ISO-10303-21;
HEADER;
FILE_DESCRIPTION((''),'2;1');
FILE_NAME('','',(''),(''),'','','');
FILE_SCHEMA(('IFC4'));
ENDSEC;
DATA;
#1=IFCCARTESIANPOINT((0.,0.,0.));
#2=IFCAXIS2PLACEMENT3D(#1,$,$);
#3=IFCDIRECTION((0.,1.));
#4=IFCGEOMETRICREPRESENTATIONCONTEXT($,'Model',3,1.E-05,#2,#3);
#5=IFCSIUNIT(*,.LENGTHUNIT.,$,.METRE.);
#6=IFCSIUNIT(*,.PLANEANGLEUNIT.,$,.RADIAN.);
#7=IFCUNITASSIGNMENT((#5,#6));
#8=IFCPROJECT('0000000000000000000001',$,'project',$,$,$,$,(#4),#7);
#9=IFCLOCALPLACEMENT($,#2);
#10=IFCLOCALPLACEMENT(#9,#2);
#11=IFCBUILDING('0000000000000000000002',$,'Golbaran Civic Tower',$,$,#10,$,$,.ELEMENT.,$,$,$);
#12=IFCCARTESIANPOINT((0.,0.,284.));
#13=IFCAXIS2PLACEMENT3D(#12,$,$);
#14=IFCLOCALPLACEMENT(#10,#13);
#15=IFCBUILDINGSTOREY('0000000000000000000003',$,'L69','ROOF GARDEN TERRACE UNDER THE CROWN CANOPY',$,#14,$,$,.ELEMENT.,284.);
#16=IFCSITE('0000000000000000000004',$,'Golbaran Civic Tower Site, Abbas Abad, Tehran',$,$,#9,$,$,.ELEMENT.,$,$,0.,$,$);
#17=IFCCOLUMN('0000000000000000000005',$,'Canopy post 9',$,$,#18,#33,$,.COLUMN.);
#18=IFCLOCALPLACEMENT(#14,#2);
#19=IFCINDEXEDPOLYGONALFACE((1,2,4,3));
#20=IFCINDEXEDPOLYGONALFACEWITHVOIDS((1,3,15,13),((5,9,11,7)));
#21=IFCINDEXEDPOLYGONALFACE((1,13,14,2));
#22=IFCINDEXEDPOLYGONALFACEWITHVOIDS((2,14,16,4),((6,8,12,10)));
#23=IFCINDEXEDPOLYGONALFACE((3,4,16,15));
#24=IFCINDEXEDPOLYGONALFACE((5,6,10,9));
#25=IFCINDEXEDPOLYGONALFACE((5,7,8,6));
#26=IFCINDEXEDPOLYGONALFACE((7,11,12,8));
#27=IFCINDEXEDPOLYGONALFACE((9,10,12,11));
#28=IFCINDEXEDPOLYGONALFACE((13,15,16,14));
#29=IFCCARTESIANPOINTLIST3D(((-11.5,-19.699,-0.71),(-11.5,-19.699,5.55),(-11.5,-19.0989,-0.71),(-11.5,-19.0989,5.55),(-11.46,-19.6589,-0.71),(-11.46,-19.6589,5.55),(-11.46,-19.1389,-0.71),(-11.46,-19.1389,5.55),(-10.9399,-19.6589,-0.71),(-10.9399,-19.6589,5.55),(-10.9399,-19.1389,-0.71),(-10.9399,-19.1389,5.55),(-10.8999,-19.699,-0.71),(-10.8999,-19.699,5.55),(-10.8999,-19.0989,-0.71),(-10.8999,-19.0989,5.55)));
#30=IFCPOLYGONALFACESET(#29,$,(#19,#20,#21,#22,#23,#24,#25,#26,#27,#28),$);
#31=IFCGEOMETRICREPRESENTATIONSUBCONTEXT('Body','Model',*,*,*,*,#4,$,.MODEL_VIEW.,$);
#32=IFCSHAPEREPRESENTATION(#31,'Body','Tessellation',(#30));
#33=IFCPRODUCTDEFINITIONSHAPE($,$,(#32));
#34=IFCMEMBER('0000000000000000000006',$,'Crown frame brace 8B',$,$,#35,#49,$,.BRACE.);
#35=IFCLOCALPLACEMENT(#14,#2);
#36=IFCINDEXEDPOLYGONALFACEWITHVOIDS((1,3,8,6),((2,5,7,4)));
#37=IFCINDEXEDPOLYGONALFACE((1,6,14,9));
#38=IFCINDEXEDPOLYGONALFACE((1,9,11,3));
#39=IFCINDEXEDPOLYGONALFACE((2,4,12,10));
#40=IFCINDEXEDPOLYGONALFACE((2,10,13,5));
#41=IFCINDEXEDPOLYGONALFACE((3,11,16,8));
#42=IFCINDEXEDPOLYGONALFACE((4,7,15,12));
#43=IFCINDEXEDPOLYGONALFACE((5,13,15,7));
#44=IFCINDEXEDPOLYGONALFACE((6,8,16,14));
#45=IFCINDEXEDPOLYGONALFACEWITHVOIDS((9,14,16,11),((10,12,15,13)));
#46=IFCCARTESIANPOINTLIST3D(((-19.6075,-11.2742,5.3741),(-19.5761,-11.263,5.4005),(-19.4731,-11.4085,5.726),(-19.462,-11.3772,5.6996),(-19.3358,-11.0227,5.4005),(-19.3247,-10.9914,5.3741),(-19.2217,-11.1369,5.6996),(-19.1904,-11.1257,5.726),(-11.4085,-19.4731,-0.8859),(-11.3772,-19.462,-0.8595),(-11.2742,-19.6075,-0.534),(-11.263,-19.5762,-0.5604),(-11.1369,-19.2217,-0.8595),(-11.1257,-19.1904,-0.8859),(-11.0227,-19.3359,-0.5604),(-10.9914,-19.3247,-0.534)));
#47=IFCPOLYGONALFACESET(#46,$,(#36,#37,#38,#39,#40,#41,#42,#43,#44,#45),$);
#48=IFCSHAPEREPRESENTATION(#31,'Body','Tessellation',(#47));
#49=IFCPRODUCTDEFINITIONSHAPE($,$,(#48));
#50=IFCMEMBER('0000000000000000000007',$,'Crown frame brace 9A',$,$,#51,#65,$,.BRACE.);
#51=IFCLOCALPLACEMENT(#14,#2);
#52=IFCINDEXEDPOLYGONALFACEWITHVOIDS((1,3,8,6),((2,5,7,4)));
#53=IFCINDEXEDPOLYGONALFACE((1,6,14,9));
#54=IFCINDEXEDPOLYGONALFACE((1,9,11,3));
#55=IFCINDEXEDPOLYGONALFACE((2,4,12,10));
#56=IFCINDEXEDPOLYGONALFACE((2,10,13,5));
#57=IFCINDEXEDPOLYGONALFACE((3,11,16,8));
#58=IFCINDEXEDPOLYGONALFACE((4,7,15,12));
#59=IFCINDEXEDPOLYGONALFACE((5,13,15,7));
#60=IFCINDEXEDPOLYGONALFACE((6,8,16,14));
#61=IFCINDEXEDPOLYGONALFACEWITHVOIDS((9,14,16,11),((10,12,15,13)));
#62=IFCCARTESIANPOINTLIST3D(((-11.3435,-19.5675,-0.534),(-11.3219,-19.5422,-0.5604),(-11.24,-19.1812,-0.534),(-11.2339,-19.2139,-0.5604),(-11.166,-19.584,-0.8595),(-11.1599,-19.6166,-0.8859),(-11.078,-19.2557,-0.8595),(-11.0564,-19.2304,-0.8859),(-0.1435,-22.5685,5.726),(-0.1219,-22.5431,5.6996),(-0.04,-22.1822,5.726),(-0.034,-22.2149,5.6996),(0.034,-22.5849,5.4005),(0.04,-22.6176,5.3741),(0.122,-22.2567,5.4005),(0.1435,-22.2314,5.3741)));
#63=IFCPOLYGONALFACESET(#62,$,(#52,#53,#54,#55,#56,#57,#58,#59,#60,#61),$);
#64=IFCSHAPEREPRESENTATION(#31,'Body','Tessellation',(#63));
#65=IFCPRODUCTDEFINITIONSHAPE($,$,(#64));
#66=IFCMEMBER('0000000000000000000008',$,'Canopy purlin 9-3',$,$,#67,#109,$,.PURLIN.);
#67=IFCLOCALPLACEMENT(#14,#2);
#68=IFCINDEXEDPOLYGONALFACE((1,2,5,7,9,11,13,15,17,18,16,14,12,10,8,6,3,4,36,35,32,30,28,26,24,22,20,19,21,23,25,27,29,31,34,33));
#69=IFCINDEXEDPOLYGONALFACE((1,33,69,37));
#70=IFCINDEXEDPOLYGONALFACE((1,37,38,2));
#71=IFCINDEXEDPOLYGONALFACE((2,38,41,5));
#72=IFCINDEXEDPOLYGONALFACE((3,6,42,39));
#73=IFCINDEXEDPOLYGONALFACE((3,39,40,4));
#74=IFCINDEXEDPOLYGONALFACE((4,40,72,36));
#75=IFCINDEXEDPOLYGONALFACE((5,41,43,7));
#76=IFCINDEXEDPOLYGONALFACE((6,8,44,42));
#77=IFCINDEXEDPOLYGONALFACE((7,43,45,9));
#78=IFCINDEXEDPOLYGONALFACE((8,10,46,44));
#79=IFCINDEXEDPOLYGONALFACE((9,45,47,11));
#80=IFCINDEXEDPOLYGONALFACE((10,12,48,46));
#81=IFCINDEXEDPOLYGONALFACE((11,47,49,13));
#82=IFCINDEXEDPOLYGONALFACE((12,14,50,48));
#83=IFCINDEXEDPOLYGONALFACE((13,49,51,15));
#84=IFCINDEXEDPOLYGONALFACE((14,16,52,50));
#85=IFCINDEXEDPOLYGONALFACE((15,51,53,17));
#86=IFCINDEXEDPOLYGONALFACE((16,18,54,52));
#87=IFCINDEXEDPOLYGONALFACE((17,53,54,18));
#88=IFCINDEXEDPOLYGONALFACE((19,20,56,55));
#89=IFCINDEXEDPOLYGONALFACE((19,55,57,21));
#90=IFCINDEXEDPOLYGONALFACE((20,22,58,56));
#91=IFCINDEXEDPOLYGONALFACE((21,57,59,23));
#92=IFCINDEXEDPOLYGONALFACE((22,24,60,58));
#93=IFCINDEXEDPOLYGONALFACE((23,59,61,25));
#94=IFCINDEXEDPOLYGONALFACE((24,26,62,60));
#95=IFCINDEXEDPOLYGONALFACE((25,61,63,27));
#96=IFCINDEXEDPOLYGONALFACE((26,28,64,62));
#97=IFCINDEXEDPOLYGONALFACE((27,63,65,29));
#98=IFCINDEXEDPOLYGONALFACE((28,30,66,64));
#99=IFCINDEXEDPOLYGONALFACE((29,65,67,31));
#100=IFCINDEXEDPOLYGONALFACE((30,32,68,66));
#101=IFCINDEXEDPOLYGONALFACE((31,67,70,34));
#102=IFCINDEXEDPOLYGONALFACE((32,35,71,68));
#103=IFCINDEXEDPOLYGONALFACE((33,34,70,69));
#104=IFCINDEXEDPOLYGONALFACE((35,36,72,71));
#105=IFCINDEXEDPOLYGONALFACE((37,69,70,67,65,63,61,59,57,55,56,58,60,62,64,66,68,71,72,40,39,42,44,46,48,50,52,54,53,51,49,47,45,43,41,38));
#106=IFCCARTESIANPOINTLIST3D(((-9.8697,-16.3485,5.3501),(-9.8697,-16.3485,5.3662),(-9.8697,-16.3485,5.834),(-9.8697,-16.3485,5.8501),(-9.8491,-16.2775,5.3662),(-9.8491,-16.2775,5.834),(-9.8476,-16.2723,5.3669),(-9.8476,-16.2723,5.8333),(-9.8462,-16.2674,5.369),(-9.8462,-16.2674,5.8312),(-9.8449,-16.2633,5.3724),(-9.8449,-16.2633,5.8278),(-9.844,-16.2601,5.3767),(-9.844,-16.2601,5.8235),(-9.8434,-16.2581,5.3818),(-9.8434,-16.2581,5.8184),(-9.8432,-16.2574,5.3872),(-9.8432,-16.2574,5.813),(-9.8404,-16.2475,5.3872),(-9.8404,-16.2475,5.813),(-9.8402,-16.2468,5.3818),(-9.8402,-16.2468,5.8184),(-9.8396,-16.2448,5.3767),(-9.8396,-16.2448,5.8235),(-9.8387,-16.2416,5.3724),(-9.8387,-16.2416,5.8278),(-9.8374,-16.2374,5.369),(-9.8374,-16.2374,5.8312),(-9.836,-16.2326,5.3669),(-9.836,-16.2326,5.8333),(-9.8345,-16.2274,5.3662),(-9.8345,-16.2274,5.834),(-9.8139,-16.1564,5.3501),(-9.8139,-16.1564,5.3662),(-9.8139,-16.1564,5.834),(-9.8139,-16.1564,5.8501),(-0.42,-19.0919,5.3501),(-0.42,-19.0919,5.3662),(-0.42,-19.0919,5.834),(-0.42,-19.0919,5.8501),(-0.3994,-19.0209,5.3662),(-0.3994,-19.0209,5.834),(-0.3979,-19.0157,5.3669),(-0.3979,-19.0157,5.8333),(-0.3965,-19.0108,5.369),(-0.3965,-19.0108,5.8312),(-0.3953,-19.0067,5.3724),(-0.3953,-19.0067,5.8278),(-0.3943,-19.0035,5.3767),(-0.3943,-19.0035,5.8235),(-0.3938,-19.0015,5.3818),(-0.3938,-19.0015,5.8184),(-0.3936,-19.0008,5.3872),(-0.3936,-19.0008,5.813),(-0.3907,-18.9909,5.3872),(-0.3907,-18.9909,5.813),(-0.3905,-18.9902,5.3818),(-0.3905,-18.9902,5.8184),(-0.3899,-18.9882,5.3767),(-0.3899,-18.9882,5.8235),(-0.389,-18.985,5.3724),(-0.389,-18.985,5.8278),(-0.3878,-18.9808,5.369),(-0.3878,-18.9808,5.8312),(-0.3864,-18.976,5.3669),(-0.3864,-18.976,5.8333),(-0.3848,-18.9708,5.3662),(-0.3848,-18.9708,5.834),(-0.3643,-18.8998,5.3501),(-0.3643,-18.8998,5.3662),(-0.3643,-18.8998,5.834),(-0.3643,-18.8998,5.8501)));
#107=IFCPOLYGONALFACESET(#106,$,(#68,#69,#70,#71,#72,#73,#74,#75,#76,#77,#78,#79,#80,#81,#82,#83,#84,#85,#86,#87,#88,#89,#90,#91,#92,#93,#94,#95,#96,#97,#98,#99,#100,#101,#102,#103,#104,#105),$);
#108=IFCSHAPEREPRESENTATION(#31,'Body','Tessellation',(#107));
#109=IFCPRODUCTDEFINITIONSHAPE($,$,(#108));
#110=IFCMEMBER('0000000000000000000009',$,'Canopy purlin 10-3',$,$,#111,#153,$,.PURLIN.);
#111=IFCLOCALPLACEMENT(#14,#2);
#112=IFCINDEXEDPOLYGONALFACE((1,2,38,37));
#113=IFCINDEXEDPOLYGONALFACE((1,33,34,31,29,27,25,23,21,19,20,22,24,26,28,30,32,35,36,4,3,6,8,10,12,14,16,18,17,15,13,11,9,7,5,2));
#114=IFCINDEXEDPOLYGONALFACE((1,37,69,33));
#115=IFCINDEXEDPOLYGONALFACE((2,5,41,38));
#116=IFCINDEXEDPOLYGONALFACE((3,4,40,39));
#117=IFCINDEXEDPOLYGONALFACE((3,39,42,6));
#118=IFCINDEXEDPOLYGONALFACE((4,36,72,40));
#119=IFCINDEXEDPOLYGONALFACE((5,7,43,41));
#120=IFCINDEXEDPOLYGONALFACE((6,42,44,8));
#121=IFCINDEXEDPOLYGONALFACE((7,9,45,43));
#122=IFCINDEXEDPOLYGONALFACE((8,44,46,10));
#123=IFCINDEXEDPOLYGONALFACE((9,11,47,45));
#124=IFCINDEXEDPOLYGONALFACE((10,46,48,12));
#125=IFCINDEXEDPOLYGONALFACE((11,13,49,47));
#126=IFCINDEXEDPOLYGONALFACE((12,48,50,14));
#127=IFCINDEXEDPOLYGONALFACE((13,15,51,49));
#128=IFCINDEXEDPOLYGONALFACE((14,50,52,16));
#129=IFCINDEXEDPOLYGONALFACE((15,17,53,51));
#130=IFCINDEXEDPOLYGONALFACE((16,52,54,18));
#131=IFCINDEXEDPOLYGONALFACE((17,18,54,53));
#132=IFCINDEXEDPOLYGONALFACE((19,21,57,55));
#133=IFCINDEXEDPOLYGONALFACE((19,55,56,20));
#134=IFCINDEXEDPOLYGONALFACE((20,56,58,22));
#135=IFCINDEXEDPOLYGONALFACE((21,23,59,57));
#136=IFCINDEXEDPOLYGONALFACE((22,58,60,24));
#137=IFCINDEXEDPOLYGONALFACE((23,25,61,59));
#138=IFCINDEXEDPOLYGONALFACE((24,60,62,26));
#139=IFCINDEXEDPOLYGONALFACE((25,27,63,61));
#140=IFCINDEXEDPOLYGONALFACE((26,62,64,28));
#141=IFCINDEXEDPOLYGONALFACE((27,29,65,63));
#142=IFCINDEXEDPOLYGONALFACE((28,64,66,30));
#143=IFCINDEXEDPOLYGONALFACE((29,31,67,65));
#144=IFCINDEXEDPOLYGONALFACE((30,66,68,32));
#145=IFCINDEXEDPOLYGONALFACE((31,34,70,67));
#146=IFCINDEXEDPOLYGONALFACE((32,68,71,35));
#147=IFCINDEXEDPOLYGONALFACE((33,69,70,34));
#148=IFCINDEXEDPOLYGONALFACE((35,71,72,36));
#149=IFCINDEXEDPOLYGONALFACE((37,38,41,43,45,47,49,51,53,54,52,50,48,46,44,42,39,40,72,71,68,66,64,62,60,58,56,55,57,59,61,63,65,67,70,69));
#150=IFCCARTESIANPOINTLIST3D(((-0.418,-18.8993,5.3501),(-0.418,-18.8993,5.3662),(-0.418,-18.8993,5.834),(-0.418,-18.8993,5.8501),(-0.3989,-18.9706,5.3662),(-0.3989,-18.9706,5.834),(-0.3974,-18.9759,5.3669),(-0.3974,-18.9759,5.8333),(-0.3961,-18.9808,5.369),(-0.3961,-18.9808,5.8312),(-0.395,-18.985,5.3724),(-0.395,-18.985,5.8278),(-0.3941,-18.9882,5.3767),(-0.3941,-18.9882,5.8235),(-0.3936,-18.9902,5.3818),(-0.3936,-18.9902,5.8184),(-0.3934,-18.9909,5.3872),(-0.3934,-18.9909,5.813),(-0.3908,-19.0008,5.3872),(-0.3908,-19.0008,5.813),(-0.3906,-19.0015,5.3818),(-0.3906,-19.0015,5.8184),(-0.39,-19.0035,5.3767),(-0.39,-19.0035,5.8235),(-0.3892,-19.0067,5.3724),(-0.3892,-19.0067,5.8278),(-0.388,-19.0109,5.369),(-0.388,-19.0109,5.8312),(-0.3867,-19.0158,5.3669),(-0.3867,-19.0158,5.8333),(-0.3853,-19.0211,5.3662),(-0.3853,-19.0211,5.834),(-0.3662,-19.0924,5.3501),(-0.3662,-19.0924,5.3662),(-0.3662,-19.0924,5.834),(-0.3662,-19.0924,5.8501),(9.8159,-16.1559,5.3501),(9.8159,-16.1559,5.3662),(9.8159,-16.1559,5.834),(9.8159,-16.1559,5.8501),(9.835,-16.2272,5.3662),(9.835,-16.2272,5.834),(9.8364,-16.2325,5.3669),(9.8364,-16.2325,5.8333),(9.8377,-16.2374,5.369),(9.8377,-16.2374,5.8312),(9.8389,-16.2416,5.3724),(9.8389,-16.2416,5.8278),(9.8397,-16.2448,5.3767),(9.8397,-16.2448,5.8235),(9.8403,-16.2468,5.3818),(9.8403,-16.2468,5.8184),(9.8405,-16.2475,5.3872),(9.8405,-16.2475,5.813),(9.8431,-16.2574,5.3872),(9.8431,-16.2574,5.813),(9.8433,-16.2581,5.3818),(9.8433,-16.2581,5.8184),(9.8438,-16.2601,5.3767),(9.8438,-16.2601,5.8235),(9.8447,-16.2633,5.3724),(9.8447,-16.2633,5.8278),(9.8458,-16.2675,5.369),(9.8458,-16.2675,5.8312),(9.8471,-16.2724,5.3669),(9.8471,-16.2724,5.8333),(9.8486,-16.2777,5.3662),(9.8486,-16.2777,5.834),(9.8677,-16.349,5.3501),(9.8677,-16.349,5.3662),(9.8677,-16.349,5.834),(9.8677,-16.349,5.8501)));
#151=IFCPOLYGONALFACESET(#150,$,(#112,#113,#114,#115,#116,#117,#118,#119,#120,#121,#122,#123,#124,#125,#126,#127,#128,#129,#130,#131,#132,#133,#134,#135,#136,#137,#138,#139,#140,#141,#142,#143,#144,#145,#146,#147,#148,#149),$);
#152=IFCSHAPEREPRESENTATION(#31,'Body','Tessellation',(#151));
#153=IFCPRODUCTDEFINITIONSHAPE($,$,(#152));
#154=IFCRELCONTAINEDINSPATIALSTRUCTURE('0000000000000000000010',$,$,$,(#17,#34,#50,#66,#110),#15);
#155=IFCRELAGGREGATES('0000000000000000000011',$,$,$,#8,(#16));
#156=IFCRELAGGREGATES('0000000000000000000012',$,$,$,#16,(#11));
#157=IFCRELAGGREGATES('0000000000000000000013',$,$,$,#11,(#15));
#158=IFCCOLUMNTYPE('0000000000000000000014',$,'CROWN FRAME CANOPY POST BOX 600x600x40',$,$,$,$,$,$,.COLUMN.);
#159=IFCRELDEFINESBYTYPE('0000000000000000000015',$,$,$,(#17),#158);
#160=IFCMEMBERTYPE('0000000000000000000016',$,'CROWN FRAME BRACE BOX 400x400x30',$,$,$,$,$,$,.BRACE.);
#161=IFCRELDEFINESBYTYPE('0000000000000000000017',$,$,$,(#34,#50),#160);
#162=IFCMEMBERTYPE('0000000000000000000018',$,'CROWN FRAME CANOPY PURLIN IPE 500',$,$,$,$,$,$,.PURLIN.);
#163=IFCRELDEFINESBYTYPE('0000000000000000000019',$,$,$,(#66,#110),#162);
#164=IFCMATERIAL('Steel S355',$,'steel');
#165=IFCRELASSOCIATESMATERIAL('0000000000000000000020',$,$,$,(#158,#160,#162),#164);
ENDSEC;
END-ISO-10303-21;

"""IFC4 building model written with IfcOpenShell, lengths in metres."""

from ifc_helpers import new_model, si_unit, direction, frame, origin, origin_2d, place, context, subcontext, project, spatial, hollow_rectangle, i_section, extrude, material, material_profile, profile_set, type_object, element, save


model = new_model("IFC4")

# Units and contexts
model_context = context("Model", 3, precision=1e-05, world=origin(), true_north=direction((0.0, 1.0)))
body_context = subcontext(model_context, "Body", "Model", "MODEL_VIEW")
ifc_project = project(units=[si_unit("LENGTHUNIT", "METRE"), si_unit("PLANEANGLEUNIT", "RADIAN")], contexts=[model_context])

# Site, building, storey
site_placement = place(None, origin())
site = spatial("IfcSite", under=ifc_project, at=site_placement, Name="Golbaran Civic Tower Site, Abbas Abad, Tehran", CompositionType="ELEMENT", RefElevation=0.0)
building_placement = place(site_placement, origin())
building = spatial("IfcBuilding", under=site, at=building_placement, Name="Golbaran Civic Tower", CompositionType="ELEMENT")
storey_placement = place(building_placement, frame((0.0, 0.0, 284.0)))
storey = spatial("IfcBuildingStorey", under=building, at=storey_placement, Name="L69", Description="ROOF GARDEN TERRACE UNDER THE CROWN CANOPY", CompositionType="ELEMENT", Elevation=284.0)

# Column
ifc_material_1 = material(Name="Steel S355", Category="steel")
ifc_material_profile_1 = material_profile(ifc_material_1, hollow_rectangle(XDim=0.6001, YDim=0.6001, WallThickness=0.04, at=origin_2d()), Name="BOX 600x600x40")
ifc_profile_set_1 = profile_set([ifc_material_profile_1], Name="Steel S355")
column_type = type_object("IfcColumnType", Name="CROWN FRAME CANOPY POST BOX 600x600x40", PredefinedType="COLUMN", material=ifc_profile_set_1)
column_placement = place(storey_placement, frame((-11.2, -19.3989, -0.71), z_axis=(0.0, 0.0, 1.0), x_axis=(1.0, 0.0, 0.0)))
element("IfcColumn", 1, at=column_placement, inside=storey, type_object=column_type, Name="Canopy post 9", PredefinedType="COLUMN", context=body_context, shape_type="SweptSolid", body=[
    extrude(hollow_rectangle(XDim=0.6001, YDim=0.6001, WallThickness=0.04, at=origin_2d()), origin(), (0.0, 0.0, 1.0), 6.26),
])

# Members
ifc_material_profile_2 = material_profile(ifc_material_1, hollow_rectangle(XDim=0.3999, YDim=0.3999, WallThickness=0.03, at=origin_2d()), Name="BOX 400x400x30")
ifc_profile_set_2 = profile_set([ifc_material_profile_2], Name="Steel S355")
member_type_1 = type_object("IfcMemberType", Name="CROWN FRAME BRACE BOX 400x400x30", PredefinedType="BRACE", material=ifc_profile_set_2)
for number, where, z_axis, x_axis, name in (
    (2, (-11.2, -19.3989, -0.71), (-0.622217, 0.622217, 0.47507), (-0.707107, -0.707107, 0.0), "Crown frame brace 8B"),
    (3, (-11.2, -19.3989, -0.71), (0.849964, -0.227744, 0.475072), (0.258816, 0.965927, 0.0), "Crown frame brace 9A"),
):
    element("IfcMember", number, at=place(storey_placement, frame(where, z_axis=z_axis, x_axis=x_axis)), inside=storey, type_object=member_type_1, Name=name, PredefinedType="BRACE", context=body_context, shape_type="SweptSolid", body=[
        extrude(hollow_rectangle(XDim=0.3999, YDim=0.3999, WallThickness=0.03, at=origin_2d()), origin(), (0.0, 0.0, 1.0), 13.177),
    ])
ifc_material_profile_3 = material_profile(ifc_material_1, i_section(OverallWidth=0.2, OverallDepth=0.5, WebThickness=0.0103, FlangeThickness=0.0161, FilletRadius=0.021, at=origin_2d()), Name="IPE 500")
ifc_profile_set_3 = profile_set([ifc_material_profile_3], Name="Steel S355")
member_type_2 = type_object("IfcMemberType", Name="CROWN FRAME CANOPY PURLIN IPE 500", PredefinedType="PURLIN", material=ifc_profile_set_3)
member_1_placement = place(storey_placement, frame((-9.8418, -16.2524, 5.6001), z_axis=(0.960348, -0.278805, 0.0), x_axis=(0.278805, 0.960348, 0.0)))
element("IfcMember", 4, at=member_1_placement, inside=storey, type_object=member_type_2, Name="Canopy purlin 9-3", PredefinedType="PURLIN", context=body_context, shape_type="SweptSolid", body=[
    extrude(i_section(OverallWidth=0.2, OverallDepth=0.5, WebThickness=0.0103, FlangeThickness=0.0161, FilletRadius=0.021, at=origin_2d()), origin(), (0.0, 0.0, 1.0), 9.8398),
])
member_2_placement = place(storey_placement, frame((-0.3921, -18.9958, 5.6001), z_axis=(0.965896, 0.258929, 0.0), x_axis=(-0.258929, 0.965896, 0.0)))
element("IfcMember", 5, at=member_2_placement, inside=storey, type_object=member_type_2, Name="Canopy purlin 10-3", PredefinedType="PURLIN", context=body_context, shape_type="SweptSolid", body=[
    extrude(i_section(OverallWidth=0.2, OverallDepth=0.5, WebThickness=0.0103, FlangeThickness=0.0161, FilletRadius=0.021, at=origin_2d()), origin(), (0.0, 0.0, 1.0), 10.5952),
])

save(model, "model.ifc")
